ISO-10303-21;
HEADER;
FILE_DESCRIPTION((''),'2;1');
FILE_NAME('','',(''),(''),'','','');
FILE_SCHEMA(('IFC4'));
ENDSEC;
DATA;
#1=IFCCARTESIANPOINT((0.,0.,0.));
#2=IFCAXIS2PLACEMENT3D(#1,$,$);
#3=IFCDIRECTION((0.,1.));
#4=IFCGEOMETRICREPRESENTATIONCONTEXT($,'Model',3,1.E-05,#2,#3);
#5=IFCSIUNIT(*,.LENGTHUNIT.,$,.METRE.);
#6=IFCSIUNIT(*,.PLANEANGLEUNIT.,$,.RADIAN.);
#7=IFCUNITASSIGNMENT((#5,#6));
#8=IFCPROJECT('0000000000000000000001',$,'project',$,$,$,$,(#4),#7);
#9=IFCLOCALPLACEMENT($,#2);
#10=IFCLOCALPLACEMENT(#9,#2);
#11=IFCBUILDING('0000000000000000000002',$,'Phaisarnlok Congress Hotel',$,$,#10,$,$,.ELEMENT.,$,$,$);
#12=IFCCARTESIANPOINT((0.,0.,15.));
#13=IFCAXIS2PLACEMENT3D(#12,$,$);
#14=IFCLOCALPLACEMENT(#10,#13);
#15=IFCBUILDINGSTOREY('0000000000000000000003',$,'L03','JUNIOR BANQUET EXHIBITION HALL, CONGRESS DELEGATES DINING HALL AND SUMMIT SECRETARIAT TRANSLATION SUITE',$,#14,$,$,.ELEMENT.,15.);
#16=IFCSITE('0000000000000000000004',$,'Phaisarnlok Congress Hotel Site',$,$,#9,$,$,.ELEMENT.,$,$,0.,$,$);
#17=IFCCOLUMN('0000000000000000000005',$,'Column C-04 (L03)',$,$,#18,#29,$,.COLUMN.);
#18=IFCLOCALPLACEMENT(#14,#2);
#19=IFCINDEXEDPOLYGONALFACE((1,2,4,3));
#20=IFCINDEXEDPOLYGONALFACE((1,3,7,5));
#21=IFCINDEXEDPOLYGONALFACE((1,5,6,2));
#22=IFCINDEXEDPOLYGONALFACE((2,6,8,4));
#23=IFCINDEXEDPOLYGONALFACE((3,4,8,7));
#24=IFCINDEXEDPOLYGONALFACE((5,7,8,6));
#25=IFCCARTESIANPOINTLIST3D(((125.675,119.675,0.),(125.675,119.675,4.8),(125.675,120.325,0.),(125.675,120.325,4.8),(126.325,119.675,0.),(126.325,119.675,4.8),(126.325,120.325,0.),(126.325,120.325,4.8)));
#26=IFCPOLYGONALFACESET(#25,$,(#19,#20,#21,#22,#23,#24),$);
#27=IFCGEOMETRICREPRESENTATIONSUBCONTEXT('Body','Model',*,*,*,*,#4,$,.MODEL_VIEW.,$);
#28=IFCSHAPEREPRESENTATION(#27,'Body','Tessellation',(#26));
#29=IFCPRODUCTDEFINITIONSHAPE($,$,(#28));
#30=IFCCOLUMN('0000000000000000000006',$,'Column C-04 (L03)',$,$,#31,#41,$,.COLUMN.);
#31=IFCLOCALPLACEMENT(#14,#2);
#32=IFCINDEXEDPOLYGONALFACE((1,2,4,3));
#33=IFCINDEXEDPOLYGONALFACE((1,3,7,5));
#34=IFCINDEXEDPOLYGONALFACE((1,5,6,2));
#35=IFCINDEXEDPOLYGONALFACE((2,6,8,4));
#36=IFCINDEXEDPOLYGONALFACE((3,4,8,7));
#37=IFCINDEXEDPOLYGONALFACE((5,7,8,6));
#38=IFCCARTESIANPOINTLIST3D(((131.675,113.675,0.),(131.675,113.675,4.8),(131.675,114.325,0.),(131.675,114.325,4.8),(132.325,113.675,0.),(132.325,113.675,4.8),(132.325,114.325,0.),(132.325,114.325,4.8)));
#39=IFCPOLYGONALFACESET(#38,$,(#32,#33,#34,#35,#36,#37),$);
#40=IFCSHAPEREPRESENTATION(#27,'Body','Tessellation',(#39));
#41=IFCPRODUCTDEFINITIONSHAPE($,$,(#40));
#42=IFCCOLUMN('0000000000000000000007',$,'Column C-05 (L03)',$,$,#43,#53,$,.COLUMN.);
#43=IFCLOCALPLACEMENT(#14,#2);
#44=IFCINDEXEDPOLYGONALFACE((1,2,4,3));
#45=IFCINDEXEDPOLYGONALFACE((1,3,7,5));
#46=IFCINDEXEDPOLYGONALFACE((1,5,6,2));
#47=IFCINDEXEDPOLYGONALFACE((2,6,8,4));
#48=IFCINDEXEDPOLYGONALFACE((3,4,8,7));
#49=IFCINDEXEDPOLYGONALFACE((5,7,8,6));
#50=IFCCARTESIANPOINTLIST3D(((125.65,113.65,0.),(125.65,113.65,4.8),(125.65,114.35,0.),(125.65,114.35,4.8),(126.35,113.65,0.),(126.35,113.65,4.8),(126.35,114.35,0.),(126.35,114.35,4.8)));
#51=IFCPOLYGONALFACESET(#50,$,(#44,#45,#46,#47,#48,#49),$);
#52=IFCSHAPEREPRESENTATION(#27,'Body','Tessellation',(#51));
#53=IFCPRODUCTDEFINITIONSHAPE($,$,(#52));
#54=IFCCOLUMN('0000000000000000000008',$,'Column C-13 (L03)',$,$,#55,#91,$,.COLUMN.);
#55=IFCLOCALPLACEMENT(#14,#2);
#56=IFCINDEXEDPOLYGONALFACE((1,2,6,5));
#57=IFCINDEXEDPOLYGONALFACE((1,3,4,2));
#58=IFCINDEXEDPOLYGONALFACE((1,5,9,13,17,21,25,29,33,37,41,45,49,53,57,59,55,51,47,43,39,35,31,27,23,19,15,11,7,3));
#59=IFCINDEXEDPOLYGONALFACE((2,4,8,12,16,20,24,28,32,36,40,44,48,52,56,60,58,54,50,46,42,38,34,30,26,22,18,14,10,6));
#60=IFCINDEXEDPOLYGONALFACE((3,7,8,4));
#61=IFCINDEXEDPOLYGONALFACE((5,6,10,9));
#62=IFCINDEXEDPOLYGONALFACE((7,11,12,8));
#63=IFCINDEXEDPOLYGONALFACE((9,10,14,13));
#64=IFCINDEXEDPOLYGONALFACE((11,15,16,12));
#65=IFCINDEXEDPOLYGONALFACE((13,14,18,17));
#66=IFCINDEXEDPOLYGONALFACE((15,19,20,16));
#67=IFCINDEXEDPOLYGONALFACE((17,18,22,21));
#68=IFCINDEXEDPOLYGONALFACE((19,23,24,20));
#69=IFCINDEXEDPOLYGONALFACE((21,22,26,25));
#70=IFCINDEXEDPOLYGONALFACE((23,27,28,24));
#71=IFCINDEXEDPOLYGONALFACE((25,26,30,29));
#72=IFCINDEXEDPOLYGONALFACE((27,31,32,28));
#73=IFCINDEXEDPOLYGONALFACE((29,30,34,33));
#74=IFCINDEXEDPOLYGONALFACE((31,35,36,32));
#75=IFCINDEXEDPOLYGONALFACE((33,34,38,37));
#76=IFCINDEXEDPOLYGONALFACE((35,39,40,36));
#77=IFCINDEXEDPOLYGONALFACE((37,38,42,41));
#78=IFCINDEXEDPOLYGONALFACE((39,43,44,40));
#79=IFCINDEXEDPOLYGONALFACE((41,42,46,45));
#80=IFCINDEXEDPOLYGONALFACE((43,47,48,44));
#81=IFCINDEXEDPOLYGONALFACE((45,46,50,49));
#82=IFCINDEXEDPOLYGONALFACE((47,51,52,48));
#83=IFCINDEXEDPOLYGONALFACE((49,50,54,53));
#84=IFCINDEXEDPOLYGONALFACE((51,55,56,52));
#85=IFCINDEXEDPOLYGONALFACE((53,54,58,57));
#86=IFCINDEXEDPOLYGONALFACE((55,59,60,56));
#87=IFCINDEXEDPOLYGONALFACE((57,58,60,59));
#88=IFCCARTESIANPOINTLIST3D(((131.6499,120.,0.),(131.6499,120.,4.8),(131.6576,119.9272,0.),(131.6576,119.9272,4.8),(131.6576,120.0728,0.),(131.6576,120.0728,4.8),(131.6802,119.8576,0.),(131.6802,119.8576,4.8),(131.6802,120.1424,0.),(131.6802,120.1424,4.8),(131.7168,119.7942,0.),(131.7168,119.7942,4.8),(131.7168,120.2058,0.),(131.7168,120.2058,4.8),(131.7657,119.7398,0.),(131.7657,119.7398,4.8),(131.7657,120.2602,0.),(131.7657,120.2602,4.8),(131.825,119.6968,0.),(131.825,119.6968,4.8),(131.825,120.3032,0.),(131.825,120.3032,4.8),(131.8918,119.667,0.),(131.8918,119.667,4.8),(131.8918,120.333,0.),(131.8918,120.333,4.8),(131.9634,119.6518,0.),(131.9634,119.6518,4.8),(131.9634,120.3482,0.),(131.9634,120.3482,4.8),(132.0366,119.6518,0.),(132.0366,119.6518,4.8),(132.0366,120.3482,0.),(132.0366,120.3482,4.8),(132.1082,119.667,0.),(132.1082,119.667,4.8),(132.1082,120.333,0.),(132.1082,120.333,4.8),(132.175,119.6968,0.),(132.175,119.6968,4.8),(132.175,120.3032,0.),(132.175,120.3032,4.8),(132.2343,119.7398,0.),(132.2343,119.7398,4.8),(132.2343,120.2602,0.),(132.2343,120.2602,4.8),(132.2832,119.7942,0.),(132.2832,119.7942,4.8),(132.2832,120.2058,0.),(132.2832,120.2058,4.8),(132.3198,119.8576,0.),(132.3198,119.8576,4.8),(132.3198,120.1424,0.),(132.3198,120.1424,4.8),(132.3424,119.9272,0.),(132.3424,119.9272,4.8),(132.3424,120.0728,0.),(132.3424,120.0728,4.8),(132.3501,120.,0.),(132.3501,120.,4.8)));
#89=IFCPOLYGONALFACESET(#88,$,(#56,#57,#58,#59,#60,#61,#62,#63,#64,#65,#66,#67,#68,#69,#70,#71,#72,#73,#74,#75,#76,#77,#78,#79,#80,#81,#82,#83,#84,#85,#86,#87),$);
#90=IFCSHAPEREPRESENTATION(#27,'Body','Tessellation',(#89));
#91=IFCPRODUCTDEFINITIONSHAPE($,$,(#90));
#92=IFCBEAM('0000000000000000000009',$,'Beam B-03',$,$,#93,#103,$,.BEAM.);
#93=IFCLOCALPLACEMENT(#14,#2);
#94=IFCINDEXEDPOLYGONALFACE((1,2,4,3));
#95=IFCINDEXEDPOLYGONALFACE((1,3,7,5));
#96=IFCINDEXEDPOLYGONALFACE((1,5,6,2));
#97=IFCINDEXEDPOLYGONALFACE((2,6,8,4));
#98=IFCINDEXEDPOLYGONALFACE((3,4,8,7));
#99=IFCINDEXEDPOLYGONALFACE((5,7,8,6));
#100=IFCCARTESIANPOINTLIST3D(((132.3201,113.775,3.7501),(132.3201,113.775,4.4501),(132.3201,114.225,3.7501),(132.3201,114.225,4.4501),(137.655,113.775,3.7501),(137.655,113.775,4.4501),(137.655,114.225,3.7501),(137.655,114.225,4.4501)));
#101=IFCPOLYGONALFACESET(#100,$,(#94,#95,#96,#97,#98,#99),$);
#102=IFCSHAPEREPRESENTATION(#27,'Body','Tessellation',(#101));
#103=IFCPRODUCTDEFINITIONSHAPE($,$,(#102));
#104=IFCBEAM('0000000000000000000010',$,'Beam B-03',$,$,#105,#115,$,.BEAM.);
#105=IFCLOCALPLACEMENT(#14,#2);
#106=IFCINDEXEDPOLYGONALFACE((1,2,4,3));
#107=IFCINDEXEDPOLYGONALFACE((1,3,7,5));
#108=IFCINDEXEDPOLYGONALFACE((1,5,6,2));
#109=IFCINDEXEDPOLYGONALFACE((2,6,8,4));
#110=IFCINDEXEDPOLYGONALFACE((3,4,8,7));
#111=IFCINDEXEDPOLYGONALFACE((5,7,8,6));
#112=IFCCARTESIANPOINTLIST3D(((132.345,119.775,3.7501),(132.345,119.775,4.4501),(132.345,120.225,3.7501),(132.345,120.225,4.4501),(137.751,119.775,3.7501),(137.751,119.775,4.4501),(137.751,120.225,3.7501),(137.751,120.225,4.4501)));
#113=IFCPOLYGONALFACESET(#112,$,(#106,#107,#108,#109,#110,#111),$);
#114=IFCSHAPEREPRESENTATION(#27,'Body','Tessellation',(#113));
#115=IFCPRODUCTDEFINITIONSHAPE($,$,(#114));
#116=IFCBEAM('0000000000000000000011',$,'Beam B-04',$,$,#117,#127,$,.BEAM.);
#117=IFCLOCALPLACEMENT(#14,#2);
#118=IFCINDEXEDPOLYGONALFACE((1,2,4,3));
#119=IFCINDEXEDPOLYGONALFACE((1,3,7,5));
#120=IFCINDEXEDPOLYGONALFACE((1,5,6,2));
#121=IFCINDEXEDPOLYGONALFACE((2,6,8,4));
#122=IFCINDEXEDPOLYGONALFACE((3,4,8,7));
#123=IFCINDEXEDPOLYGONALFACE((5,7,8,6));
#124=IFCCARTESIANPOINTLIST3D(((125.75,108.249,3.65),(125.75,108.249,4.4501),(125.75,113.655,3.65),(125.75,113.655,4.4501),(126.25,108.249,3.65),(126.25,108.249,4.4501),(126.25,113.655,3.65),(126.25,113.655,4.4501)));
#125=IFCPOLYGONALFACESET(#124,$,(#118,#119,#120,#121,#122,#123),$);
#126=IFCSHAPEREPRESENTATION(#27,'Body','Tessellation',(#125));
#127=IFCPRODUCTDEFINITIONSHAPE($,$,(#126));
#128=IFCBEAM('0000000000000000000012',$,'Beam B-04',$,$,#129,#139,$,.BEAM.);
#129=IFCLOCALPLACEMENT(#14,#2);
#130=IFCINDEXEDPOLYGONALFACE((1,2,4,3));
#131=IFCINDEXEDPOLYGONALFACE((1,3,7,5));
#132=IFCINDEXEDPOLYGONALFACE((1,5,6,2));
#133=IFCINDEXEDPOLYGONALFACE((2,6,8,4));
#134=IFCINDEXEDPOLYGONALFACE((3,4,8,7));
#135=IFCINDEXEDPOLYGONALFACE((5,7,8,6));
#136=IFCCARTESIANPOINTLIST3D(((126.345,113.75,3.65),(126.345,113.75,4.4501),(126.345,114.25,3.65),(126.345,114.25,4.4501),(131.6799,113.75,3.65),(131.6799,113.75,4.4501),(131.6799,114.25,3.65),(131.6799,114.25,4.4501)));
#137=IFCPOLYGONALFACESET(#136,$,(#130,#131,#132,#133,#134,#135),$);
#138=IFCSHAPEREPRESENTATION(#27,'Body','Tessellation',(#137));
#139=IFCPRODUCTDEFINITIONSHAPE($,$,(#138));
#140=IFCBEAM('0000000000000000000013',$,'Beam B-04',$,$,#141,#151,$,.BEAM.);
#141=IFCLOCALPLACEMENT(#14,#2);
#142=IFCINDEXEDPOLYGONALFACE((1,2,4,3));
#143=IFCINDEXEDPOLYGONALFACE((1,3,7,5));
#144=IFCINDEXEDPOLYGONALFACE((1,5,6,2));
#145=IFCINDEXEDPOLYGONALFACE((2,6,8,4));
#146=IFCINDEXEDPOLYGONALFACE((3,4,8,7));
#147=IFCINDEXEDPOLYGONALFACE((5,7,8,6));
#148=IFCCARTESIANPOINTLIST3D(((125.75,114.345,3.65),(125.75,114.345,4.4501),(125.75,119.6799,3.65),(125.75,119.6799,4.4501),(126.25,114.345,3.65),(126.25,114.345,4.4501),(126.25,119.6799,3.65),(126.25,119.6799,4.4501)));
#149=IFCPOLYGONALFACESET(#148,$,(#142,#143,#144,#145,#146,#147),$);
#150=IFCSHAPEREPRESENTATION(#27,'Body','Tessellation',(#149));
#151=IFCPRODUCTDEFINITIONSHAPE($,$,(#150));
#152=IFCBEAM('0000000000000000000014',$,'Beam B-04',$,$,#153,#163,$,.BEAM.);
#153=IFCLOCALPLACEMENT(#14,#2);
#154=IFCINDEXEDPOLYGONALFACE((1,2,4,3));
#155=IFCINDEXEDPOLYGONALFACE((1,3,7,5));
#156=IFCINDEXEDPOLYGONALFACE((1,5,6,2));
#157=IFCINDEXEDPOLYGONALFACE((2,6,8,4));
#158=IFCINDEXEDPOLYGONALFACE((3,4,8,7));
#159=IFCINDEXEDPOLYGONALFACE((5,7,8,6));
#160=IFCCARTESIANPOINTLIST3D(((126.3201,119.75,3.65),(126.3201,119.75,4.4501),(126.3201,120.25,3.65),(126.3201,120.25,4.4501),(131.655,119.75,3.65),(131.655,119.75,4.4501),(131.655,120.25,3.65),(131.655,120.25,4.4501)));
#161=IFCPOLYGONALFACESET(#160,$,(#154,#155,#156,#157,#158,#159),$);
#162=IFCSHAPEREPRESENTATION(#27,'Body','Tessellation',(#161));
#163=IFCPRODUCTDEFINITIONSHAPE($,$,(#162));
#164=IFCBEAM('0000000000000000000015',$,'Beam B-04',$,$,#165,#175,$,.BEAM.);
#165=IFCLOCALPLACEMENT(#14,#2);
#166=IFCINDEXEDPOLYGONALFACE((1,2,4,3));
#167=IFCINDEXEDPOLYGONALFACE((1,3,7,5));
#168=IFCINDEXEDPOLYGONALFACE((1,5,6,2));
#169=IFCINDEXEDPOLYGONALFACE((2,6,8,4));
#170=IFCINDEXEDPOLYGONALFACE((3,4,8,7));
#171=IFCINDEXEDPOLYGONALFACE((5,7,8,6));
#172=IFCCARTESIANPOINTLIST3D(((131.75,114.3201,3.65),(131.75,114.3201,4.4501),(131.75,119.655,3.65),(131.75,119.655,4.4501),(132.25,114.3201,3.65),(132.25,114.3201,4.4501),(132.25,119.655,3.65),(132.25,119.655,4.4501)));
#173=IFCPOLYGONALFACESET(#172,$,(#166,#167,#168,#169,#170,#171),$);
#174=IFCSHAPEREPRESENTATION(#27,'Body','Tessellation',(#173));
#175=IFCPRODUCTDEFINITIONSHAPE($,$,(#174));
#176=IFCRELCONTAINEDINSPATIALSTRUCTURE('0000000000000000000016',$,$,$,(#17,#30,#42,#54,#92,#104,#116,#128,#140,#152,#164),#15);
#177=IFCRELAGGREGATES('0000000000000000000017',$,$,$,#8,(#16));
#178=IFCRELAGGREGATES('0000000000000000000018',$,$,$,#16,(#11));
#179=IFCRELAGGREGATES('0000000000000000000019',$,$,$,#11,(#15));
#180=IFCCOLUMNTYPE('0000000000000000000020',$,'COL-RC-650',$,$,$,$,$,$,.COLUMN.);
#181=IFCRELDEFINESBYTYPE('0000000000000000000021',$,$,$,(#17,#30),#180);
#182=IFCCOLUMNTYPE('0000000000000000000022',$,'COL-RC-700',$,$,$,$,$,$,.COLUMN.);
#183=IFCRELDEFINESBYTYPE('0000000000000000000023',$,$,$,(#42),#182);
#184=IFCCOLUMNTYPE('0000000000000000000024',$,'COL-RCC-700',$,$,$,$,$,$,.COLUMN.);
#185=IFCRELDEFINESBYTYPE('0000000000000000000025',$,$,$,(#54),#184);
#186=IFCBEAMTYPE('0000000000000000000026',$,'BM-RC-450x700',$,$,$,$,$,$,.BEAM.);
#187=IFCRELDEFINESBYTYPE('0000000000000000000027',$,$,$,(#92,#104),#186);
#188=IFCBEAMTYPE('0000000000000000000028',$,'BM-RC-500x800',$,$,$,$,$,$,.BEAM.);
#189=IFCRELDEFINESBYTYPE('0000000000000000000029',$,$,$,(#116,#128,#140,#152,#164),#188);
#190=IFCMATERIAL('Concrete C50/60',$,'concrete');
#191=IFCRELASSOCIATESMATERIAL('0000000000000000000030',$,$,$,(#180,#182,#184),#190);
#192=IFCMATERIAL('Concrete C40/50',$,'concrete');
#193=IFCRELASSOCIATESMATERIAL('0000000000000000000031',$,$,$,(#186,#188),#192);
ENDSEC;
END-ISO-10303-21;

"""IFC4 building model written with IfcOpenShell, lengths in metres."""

from ifc_helpers import new_model, si_unit, direction, frame, origin, origin_2d, place, context, subcontext, project, spatial, rectangle, circle, extrude, material, material_profile, profile_set, type_object, element, save


model = new_model("IFC4")

# Units and contexts
model_context = context("Model", 3, precision=1e-05, world=origin(), true_north=direction((0.0, 1.0)))
body_context = subcontext(model_context, "Body", "Model", "MODEL_VIEW")
ifc_project = project(units=[si_unit("LENGTHUNIT", "METRE"), si_unit("PLANEANGLEUNIT", "RADIAN")], contexts=[model_context])

# Site, building, storey
site_placement = place(None, origin())
site = spatial("IfcSite", under=ifc_project, at=site_placement, Name="Phaisarnlok Congress Hotel Site", CompositionType="ELEMENT", RefElevation=0.0)
building_placement = place(site_placement, origin())
building = spatial("IfcBuilding", under=site, at=building_placement, Name="Phaisarnlok Congress Hotel", CompositionType="ELEMENT")
storey_placement = place(building_placement, frame((0.0, 0.0, 15.0)))
storey = spatial("IfcBuildingStorey", under=building, at=storey_placement, Name="L03", Description="JUNIOR BANQUET EXHIBITION HALL, CONGRESS DELEGATES DINING HALL AND SUMMIT SECRETARIAT TRANSLATION SUITE", CompositionType="ELEMENT", Elevation=15.0)

# Columns
ifc_material_1 = material(Name="Concrete C50/60", Category="concrete")
ifc_material_profile_1 = material_profile(ifc_material_1, rectangle(XDim=0.6499, YDim=0.6499, at=origin_2d()), Name="RC 650x650")
ifc_profile_set_1 = profile_set([ifc_material_profile_1], Name="Concrete C50/60")
column_type_1 = type_object("IfcColumnType", Name="COL-RC-650", PredefinedType="COLUMN", material=ifc_profile_set_1)
for number, where, z_axis, x_axis, name in (
    (1, (126.0, 120.0, 0.0), (0.0, 0.0, 1.0), (1.0, 0.0, 0.0), "Column C-04 (L03)"),
    (2, (132.0, 114.0, 0.0), (0.0, 0.0, 1.0), (1.0, 0.0, 0.0), "Column C-04 (L03)"),
):
    element("IfcColumn", number, at=place(storey_placement, frame(where, z_axis=z_axis, x_axis=x_axis)), inside=storey, type_object=column_type_1, Name=name, PredefinedType="COLUMN", context=body_context, shape_type="SweptSolid", body=[
        extrude(rectangle(XDim=0.6499, YDim=0.6499, at=origin_2d()), origin(), (0.0, 0.0, 1.0), 4.8),
    ])
ifc_material_profile_2 = material_profile(ifc_material_1, rectangle(XDim=0.7, YDim=0.7, at=origin_2d()), Name="RC 700x700")
ifc_profile_set_2 = profile_set([ifc_material_profile_2], Name="Concrete C50/60")
column_type_2 = type_object("IfcColumnType", Name="COL-RC-700", PredefinedType="COLUMN", material=ifc_profile_set_2)
column_1_placement = place(storey_placement, frame((126.0, 114.0, 0.0), z_axis=(0.0, 0.0, 1.0), x_axis=(1.0, 0.0, 0.0)))
element("IfcColumn", 3, at=column_1_placement, inside=storey, type_object=column_type_2, Name="Column C-05 (L03)", PredefinedType="COLUMN", context=body_context, shape_type="SweptSolid", body=[
    extrude(rectangle(XDim=0.7, YDim=0.7, at=origin_2d()), origin(), (0.0, 0.0, 1.0), 4.8),
])
ifc_material_profile_3 = material_profile(ifc_material_1, circle(Radius=0.3501, at=origin_2d()), Name="RCC D700")
ifc_profile_set_3 = profile_set([ifc_material_profile_3], Name="Concrete C50/60")
column_type_3 = type_object("IfcColumnType", Name="COL-RCC-700", PredefinedType="COLUMN", material=ifc_profile_set_3)
column_2_placement = place(storey_placement, frame((132.0, 120.0, 0.0), z_axis=(0.0, 0.0, 1.0), x_axis=(1.0, 0.0, 0.0)))
element("IfcColumn", 4, at=column_2_placement, inside=storey, type_object=column_type_3, Name="Column C-13 (L03)", PredefinedType="COLUMN", context=body_context, shape_type="SweptSolid", body=[
    extrude(circle(Radius=0.3501, at=origin_2d()), origin(), (0.0, 0.0, 1.0), 4.8),
])

# Beams
ifc_material_2 = material(Name="Concrete C40/50", Category="concrete")
ifc_material_profile_4 = material_profile(ifc_material_2, rectangle(XDim=0.45, YDim=0.7, at=origin_2d()), Name="RC 450x700")
ifc_profile_set_4 = profile_set([ifc_material_profile_4], Name="Concrete C40/50")
beam_type_1 = type_object("IfcBeamType", Name="BM-RC-450x700", PredefinedType="BEAM", material=ifc_profile_set_4)
beam_1_placement = place(storey_placement, frame((132.3201, 114.0, 4.1001), z_axis=(1.0, 0.0, 0.0), x_axis=(0.0, 1.0, 0.0)))
element("IfcBeam", 5, at=beam_1_placement, inside=storey, type_object=beam_type_1, Name="Beam B-03", PredefinedType="BEAM", context=body_context, shape_type="SweptSolid", body=[
    extrude(rectangle(XDim=0.45, YDim=0.7, at=origin_2d()), origin(), (0.0, 0.0, 1.0), 5.335),
])
beam_2_placement = place(storey_placement, frame((132.345, 120.0, 4.1001), z_axis=(1.0, 0.0, 0.0), x_axis=(0.0, 1.0, 0.0)))
element("IfcBeam", 6, at=beam_2_placement, inside=storey, type_object=beam_type_1, Name="Beam B-03", PredefinedType="BEAM", context=body_context, shape_type="SweptSolid", body=[
    extrude(rectangle(XDim=0.45, YDim=0.7, at=origin_2d()), origin(), (0.0, 0.0, 1.0), 5.406),
])
ifc_material_profile_5 = material_profile(ifc_material_2, rectangle(XDim=0.5, YDim=0.8, at=origin_2d()), Name="RC 500x800")
ifc_profile_set_5 = profile_set([ifc_material_profile_5], Name="Concrete C40/50")
beam_type_2 = type_object("IfcBeamType", Name="BM-RC-500x800", PredefinedType="BEAM", material=ifc_profile_set_5)
beam_3_placement = place(storey_placement, frame((126.0, 108.249, 4.05), z_axis=(0.0, 1.0, 0.0), x_axis=(-1.0, 0.0, 0.0)))
element("IfcBeam", 7, at=beam_3_placement, inside=storey, type_object=beam_type_2, Name="Beam B-04", PredefinedType="BEAM", context=body_context, shape_type="SweptSolid", body=[
    extrude(rectangle(XDim=0.5, YDim=0.8, at=origin_2d()), origin(), (0.0, 0.0, 1.0), 5.406),
])
for number, where, z_axis, x_axis, name in (
    (8, (126.345, 114.0, 4.05), (1.0, 0.0, 0.0), (0.0, 1.0, 0.0), "Beam B-04"),
    (9, (126.0, 114.345, 4.05), (0.0, 1.0, 0.0), (-1.0, 0.0, 0.0), "Beam B-04"),
    (10, (126.3201, 120.0, 4.05), (1.0, 0.0, 0.0), (0.0, 1.0, 0.0), "Beam B-04"),
    (11, (132.0, 114.3201, 4.05), (0.0, 1.0, 0.0), (-1.0, 0.0, 0.0), "Beam B-04"),
):
    element("IfcBeam", number, at=place(storey_placement, frame(where, z_axis=z_axis, x_axis=x_axis)), inside=storey, type_object=beam_type_2, Name=name, PredefinedType="BEAM", context=body_context, shape_type="SweptSolid", body=[
        extrude(rectangle(XDim=0.5, YDim=0.8, at=origin_2d()), origin(), (0.0, 0.0, 1.0), 5.335),
    ])

save(model, "model.ifc")
